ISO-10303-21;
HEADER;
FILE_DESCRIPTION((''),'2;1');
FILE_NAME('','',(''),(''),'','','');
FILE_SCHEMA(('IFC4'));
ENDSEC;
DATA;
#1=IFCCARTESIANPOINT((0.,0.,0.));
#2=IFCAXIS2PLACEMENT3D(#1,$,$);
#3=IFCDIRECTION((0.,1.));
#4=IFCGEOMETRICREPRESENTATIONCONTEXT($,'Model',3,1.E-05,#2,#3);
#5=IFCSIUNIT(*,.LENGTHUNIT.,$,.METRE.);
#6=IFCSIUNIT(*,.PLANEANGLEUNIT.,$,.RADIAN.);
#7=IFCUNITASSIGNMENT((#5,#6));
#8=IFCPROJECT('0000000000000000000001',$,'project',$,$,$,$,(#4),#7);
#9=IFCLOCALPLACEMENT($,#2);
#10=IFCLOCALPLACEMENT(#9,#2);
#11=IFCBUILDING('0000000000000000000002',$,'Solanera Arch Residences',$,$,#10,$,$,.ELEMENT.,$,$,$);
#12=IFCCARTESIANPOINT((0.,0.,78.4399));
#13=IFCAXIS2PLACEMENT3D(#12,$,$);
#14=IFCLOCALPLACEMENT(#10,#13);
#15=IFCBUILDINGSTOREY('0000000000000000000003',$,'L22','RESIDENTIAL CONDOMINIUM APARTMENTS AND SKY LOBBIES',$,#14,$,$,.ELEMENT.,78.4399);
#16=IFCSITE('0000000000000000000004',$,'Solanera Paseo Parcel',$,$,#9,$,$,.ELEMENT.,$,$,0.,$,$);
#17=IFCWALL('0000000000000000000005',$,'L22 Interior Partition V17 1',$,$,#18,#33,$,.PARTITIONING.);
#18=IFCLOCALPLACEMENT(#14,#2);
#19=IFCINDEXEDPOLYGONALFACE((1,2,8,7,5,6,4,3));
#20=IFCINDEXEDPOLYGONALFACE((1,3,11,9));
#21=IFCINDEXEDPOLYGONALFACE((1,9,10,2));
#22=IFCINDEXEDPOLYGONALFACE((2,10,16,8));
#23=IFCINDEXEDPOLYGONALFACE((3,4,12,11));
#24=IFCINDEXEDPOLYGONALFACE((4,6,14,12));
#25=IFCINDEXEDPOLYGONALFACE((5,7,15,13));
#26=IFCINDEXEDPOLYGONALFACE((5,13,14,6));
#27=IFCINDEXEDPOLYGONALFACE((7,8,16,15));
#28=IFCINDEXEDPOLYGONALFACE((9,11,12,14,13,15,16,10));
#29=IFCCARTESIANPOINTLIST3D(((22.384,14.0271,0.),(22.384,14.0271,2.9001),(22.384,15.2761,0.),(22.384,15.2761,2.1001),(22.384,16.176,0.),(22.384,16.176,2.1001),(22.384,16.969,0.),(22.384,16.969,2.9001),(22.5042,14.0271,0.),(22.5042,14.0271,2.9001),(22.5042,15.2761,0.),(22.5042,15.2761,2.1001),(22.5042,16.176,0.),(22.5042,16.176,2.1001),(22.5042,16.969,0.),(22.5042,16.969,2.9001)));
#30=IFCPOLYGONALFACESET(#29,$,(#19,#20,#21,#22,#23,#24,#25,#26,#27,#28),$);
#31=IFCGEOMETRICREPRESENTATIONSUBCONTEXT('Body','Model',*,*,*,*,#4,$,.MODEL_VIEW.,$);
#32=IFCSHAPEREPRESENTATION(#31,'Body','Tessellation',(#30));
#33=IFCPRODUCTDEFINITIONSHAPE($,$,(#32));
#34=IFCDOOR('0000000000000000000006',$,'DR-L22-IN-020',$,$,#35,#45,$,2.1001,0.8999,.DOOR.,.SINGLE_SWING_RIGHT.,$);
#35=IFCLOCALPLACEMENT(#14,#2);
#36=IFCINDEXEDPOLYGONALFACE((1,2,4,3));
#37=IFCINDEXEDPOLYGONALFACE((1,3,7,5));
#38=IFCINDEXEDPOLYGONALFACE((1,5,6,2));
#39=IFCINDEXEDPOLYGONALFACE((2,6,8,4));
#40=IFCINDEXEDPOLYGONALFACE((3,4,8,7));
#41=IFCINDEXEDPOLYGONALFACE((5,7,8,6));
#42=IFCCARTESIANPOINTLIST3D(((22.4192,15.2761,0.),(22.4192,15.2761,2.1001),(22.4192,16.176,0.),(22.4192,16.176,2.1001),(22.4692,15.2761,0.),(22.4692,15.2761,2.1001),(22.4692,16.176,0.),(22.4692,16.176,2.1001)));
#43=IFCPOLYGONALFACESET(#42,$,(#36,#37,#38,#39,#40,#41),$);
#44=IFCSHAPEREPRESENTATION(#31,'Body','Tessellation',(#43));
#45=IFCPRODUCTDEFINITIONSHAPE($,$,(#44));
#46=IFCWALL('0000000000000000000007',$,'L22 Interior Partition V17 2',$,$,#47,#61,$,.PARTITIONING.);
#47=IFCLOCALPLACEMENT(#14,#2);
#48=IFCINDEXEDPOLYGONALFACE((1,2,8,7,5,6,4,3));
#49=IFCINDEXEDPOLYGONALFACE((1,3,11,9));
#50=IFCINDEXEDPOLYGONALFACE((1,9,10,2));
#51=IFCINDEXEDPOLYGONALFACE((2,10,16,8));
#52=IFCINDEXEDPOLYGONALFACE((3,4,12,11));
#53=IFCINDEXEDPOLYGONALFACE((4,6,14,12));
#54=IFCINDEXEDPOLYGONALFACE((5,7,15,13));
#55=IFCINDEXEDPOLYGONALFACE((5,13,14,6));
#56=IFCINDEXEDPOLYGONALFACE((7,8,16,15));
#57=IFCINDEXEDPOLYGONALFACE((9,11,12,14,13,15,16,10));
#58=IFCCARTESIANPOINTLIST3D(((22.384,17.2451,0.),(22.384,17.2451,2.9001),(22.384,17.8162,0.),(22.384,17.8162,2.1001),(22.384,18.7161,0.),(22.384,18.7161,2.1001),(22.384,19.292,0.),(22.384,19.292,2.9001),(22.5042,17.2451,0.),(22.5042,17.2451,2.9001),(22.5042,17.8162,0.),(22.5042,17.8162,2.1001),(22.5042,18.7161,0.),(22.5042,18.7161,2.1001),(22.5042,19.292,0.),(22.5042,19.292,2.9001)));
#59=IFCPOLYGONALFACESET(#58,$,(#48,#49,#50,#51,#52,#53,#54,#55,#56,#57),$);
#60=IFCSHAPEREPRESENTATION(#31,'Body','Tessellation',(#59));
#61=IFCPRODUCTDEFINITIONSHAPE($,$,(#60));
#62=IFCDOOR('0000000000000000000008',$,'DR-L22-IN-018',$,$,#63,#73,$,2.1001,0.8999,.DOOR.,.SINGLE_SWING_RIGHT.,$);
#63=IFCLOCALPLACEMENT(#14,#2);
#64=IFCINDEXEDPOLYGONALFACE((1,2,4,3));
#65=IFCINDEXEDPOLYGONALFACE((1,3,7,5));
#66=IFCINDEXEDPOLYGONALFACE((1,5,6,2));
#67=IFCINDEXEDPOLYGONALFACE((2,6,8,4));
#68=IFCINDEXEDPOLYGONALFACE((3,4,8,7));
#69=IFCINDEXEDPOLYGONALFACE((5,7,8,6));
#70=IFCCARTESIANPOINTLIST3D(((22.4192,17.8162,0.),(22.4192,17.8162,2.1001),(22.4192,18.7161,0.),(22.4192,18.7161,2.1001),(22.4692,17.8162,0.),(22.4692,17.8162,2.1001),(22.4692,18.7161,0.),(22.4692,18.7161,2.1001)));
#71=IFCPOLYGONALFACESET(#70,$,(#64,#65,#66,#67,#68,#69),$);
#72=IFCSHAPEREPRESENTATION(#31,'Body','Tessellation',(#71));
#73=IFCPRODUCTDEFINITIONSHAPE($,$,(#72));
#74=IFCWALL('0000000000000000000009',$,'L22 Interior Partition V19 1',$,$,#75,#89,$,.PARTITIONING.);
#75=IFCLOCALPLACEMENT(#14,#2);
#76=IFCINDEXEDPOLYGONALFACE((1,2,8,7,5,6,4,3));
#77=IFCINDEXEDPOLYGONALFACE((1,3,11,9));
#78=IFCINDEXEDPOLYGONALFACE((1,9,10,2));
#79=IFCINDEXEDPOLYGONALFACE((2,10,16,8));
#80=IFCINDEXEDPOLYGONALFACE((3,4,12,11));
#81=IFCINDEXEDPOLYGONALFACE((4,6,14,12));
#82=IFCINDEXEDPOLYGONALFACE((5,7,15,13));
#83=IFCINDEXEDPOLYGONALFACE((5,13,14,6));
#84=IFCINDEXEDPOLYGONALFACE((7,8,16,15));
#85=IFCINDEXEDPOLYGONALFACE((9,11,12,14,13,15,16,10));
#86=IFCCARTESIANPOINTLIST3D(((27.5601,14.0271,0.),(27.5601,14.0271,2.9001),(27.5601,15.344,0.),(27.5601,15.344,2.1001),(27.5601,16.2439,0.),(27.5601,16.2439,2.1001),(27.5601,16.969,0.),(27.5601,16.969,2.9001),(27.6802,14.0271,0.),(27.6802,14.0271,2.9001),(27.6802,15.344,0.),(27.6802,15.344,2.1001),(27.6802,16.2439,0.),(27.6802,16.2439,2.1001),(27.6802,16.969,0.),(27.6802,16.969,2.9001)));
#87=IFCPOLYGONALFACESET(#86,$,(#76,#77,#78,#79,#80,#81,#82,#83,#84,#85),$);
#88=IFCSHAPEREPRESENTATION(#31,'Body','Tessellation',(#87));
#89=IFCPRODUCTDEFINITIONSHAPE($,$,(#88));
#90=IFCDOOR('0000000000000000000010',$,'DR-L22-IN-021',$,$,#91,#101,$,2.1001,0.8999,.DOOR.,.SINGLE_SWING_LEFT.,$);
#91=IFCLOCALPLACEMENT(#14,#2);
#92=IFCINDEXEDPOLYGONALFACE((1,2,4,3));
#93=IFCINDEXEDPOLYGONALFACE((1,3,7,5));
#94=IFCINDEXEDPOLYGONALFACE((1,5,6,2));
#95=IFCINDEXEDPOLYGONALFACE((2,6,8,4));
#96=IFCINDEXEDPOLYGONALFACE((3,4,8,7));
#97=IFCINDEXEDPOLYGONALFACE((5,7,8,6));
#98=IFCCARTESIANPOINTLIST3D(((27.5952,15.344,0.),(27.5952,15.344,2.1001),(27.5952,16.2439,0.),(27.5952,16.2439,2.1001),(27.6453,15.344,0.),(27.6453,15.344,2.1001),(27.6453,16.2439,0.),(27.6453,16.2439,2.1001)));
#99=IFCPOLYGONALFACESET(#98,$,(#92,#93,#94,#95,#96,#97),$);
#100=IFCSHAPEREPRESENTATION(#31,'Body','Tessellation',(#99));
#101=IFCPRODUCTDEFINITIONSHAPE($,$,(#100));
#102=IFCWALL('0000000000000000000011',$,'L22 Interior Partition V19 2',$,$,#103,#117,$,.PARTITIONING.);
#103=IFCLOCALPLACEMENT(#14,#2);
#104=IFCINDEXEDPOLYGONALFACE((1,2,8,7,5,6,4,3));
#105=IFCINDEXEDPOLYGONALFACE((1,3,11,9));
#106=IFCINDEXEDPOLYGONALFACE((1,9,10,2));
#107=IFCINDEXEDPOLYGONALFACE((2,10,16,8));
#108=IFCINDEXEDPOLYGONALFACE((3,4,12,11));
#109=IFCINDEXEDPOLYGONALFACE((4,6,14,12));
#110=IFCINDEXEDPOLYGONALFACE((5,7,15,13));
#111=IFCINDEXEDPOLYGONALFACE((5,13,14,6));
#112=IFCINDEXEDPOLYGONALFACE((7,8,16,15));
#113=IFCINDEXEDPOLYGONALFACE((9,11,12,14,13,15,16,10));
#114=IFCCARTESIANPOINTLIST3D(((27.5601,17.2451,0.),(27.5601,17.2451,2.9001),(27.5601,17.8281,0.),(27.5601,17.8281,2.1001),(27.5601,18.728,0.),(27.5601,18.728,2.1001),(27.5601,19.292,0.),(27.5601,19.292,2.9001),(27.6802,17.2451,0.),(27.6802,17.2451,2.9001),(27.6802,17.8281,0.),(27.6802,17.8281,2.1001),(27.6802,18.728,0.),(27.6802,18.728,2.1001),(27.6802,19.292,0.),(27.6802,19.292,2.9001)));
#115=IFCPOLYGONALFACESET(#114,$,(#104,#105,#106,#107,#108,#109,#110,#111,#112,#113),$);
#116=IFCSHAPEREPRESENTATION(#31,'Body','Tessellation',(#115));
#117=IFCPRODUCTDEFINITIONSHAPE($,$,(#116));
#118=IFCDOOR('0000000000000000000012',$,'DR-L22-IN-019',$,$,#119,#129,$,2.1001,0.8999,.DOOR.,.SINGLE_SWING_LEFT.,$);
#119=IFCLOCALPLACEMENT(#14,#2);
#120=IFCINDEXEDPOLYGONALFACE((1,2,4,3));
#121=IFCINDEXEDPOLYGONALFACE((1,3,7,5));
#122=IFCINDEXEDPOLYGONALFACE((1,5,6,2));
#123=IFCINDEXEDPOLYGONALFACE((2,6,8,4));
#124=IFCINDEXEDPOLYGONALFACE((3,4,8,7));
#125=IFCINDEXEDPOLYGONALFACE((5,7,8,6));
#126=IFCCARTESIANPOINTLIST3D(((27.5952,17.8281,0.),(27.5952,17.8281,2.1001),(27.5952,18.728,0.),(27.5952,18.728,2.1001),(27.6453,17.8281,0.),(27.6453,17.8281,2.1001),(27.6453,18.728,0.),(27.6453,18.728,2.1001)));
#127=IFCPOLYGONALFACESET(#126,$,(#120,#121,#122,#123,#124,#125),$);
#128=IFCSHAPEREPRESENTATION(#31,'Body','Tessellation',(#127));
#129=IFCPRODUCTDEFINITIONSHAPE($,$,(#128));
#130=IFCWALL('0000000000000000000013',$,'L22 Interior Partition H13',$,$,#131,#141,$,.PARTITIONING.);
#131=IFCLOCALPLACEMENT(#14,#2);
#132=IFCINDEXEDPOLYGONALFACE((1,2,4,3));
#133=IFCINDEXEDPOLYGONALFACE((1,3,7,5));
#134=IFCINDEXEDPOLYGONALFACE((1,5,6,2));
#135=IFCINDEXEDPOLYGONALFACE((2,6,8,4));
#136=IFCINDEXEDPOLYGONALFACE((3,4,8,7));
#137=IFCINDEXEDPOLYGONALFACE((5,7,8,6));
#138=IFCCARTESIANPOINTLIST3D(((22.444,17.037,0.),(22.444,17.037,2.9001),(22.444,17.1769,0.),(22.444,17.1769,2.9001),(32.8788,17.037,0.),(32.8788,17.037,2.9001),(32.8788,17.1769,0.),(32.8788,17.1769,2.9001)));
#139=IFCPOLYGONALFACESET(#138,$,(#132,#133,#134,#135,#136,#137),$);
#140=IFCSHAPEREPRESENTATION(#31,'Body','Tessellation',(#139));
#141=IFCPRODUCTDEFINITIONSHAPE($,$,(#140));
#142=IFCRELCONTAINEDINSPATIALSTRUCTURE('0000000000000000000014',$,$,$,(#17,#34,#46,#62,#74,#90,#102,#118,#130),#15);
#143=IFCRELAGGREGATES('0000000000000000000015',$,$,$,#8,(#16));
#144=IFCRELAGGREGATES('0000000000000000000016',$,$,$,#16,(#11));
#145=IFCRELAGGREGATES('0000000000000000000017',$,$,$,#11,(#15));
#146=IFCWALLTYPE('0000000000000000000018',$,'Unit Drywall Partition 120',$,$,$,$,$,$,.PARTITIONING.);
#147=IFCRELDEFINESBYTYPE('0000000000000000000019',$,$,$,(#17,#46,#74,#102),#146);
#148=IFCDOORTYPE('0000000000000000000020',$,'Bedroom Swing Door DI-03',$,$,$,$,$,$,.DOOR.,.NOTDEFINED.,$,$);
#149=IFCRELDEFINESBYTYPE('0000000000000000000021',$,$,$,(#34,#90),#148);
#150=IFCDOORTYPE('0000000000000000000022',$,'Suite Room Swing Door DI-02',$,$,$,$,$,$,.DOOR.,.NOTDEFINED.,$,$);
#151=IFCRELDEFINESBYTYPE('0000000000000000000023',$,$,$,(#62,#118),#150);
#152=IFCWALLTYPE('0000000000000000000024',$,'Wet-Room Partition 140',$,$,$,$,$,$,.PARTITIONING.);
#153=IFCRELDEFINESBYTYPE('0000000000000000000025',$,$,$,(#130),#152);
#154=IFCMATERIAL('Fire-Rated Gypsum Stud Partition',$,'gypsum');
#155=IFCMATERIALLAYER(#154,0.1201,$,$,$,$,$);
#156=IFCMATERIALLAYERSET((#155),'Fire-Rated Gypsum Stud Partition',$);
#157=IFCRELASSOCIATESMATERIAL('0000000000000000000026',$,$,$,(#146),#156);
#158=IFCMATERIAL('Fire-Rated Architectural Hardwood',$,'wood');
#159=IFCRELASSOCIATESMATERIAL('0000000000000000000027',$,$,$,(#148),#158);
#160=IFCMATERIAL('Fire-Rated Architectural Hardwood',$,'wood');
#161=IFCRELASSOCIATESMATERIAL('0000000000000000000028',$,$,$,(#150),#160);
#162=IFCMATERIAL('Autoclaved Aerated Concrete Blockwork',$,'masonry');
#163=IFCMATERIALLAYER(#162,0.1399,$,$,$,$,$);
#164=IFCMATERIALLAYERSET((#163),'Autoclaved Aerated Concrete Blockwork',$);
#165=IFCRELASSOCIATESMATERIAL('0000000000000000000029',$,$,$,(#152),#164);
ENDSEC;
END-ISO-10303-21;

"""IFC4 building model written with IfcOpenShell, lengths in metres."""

from ifc_helpers import new_model, si_unit, direction, frame, frame_2d, origin, place, context, subcontext, project, spatial, rectangle, extrude, material, layer, layer_set, type_object, element, fill, save


model = new_model("IFC4")

# Units and contexts
model_context = context("Model", 3, precision=1e-05, world=origin(), true_north=direction((0.0, 1.0)))
body_context = subcontext(model_context, "Body", "Model", "MODEL_VIEW")
ifc_project = project(units=[si_unit("LENGTHUNIT", "METRE"), si_unit("PLANEANGLEUNIT", "RADIAN")], contexts=[model_context])

# Site, building, storey
site_placement = place(None, origin())
site = spatial("IfcSite", under=ifc_project, at=site_placement, Name="Solanera Paseo Parcel", CompositionType="ELEMENT", RefElevation=0.0)
building_placement = place(site_placement, origin())
building = spatial("IfcBuilding", under=site, at=building_placement, Name="Solanera Arch Residences", CompositionType="ELEMENT")
storey_placement = place(building_placement, frame((0.0, 0.0, 78.4399)))
storey = spatial("IfcBuildingStorey", under=building, at=storey_placement, Name="L22", Description="RESIDENTIAL CONDOMINIUM APARTMENTS AND SKY LOBBIES", CompositionType="ELEMENT", Elevation=78.4399)

# Walls, openings, doors
ifc_material_1 = material(Name="Fire-Rated Gypsum Stud Partition", Category="gypsum")
ifc_layer_1 = layer(ifc_material_1, 0.1201)
ifc_layer_set_1 = layer_set([ifc_layer_1], Name="Fire-Rated Gypsum Stud Partition")
wall_type_1 = type_object("IfcWallType", Name="Unit Drywall Partition 120", PredefinedType="PARTITIONING", material=ifc_layer_set_1)
wall_1_placement = place(storey_placement, frame((22.4441, 14.0271, 0.0), z_axis=(0.0, 0.0, 1.0), x_axis=(0.0, 1.0, 0.0)))
wall_1 = element("IfcWall", 1, at=wall_1_placement, inside=storey, type_object=wall_type_1, Name="L22 Interior Partition V17 1", PredefinedType="PARTITIONING", context=body_context, shape_type="SweptSolid", body=[
    extrude(rectangle(XDim=2.9419, YDim=0.1201, at=frame_2d((1.4709, 0.0))), origin(), (0.0, 0.0, 1.0), 2.9001),
])
opening_1_placement = place(wall_1_placement, frame((1.249, 0.0, 0.0)))
opening_1 = element("IfcOpeningElement", 2, at=opening_1_placement, cuts=wall_1, PredefinedType="OPENING", context=body_context, shape_type="SweptSolid", body=[
    extrude(rectangle(XDim=0.8999, YDim=2.1001, at=frame_2d((0.45, 1.05))), frame((0.0, 0.0701, 0.0), z_axis=(0.0, -1.0, 0.0), x_axis=(1.0, 0.0, 0.0)), (0.0, 0.0, 1.0), 0.1401),
])
ifc_material_2 = material(Name="Fire-Rated Architectural Hardwood", Category="wood")
door_type_1 = type_object("IfcDoorType", Name="Bedroom Swing Door DI-03", OperationType="NOTDEFINED", PredefinedType="DOOR", material=ifc_material_2)
door_1_placement = place(opening_1_placement, origin())
door_1 = element("IfcDoor", 3, at=door_1_placement, inside=storey, type_object=door_type_1, Name="DR-L22-IN-020", OperationType="SINGLE_SWING_RIGHT", OverallHeight=2.1001, OverallWidth=0.8999, PredefinedType="DOOR", context=body_context, shape_type="SweptSolid", body=[
    extrude(rectangle(XDim=0.8999, YDim=2.1001, at=frame_2d((0.45, 1.05))), frame((0.0, 0.0249, 0.0), z_axis=(0.0, -1.0, 0.0), x_axis=(1.0, 0.0, 0.0)), (0.0, 0.0, 1.0), 0.05),
])
fill(opening_1, door_1)
wall_2_placement = place(storey_placement, frame((22.4441, 17.2451, 0.0), z_axis=(0.0, 0.0, 1.0), x_axis=(0.0, 1.0, 0.0)))
wall_2 = element("IfcWall", 4, at=wall_2_placement, inside=storey, type_object=wall_type_1, Name="L22 Interior Partition V17 2", PredefinedType="PARTITIONING", context=body_context, shape_type="SweptSolid", body=[
    extrude(rectangle(XDim=2.0469, YDim=0.1201, at=frame_2d((1.0234, 0.0))), origin(), (0.0, 0.0, 1.0), 2.9001),
])
opening_2_placement = place(wall_2_placement, frame((0.571, 0.0, 0.0)))
opening_2 = element("IfcOpeningElement", 5, at=opening_2_placement, cuts=wall_2, PredefinedType="OPENING", context=body_context, shape_type="SweptSolid", body=[
    extrude(rectangle(XDim=0.8999, YDim=2.1001, at=frame_2d((0.45, 1.05))), frame((0.0, 0.0701, 0.0), z_axis=(0.0, -1.0, 0.0), x_axis=(1.0, 0.0, 0.0)), (0.0, 0.0, 1.0), 0.1401),
])
ifc_material_3 = material(Name="Fire-Rated Architectural Hardwood", Category="wood")
door_type_2 = type_object("IfcDoorType", Name="Suite Room Swing Door DI-02", OperationType="NOTDEFINED", PredefinedType="DOOR", material=ifc_material_3)
door_2_placement = place(opening_2_placement, origin())
door_2 = element("IfcDoor", 6, at=door_2_placement, inside=storey, type_object=door_type_2, Name="DR-L22-IN-018", OperationType="SINGLE_SWING_RIGHT", OverallHeight=2.1001, OverallWidth=0.8999, PredefinedType="DOOR", context=body_context, shape_type="SweptSolid", body=[
    extrude(rectangle(XDim=0.8999, YDim=2.1001, at=frame_2d((0.45, 1.05))), frame((0.0, 0.0249, 0.0), z_axis=(0.0, -1.0, 0.0), x_axis=(1.0, 0.0, 0.0)), (0.0, 0.0, 1.0), 0.05),
])
fill(opening_2, door_2)
wall_3_placement = place(storey_placement, frame((27.6201, 14.0271, 0.0), z_axis=(0.0, 0.0, 1.0), x_axis=(0.0, 1.0, 0.0)))
wall_3 = element("IfcWall", 7, at=wall_3_placement, inside=storey, type_object=wall_type_1, Name="L22 Interior Partition V19 1", PredefinedType="PARTITIONING", context=body_context, shape_type="SweptSolid", body=[
    extrude(rectangle(XDim=2.9419, YDim=0.1201, at=frame_2d((1.4709, 0.0))), origin(), (0.0, 0.0, 1.0), 2.9001),
])
opening_3_placement = place(wall_3_placement, frame((1.3169, 0.0, 0.0)))
opening_3 = element("IfcOpeningElement", 8, at=opening_3_placement, cuts=wall_3, PredefinedType="OPENING", context=body_context, shape_type="SweptSolid", body=[
    extrude(rectangle(XDim=0.8999, YDim=2.1001, at=frame_2d((0.45, 1.05))), frame((0.0, 0.0701, 0.0), z_axis=(0.0, -1.0, 0.0), x_axis=(1.0, 0.0, 0.0)), (0.0, 0.0, 1.0), 0.1401),
])
door_3_placement = place(opening_3_placement, origin())
door_3 = element("IfcDoor", 9, at=door_3_placement, inside=storey, type_object=door_type_1, Name="DR-L22-IN-021", OperationType="SINGLE_SWING_LEFT", OverallHeight=2.1001, OverallWidth=0.8999, PredefinedType="DOOR", context=body_context, shape_type="SweptSolid", body=[
    extrude(rectangle(XDim=0.8999, YDim=2.1001, at=frame_2d((0.45, 1.05))), frame((0.0, 0.0249, 0.0), z_axis=(0.0, -1.0, 0.0), x_axis=(1.0, 0.0, 0.0)), (0.0, 0.0, 1.0), 0.05),
])
fill(opening_3, door_3)
wall_4_placement = place(storey_placement, frame((27.6201, 17.2451, 0.0), z_axis=(0.0, 0.0, 1.0), x_axis=(0.0, 1.0, 0.0)))
wall_4 = element("IfcWall", 10, at=wall_4_placement, inside=storey, type_object=wall_type_1, Name="L22 Interior Partition V19 2", PredefinedType="PARTITIONING", context=body_context, shape_type="SweptSolid", body=[
    extrude(rectangle(XDim=2.0469, YDim=0.1201, at=frame_2d((1.0234, 0.0))), origin(), (0.0, 0.0, 1.0), 2.9001),
])
opening_4_placement = place(wall_4_placement, frame((0.583, 0.0, 0.0)))
opening_4 = element("IfcOpeningElement", 11, at=opening_4_placement, cuts=wall_4, PredefinedType="OPENING", context=body_context, shape_type="SweptSolid", body=[
    extrude(rectangle(XDim=0.8999, YDim=2.1001, at=frame_2d((0.45, 1.05))), frame((0.0, 0.0701, 0.0), z_axis=(0.0, -1.0, 0.0), x_axis=(1.0, 0.0, 0.0)), (0.0, 0.0, 1.0), 0.1401),
])
door_4_placement = place(opening_4_placement, origin())
door_4 = element("IfcDoor", 12, at=door_4_placement, inside=storey, type_object=door_type_2, Name="DR-L22-IN-019", OperationType="SINGLE_SWING_LEFT", OverallHeight=2.1001, OverallWidth=0.8999, PredefinedType="DOOR", context=body_context, shape_type="SweptSolid", body=[
    extrude(rectangle(XDim=0.8999, YDim=2.1001, at=frame_2d((0.45, 1.05))), frame((0.0, 0.0249, 0.0), z_axis=(0.0, -1.0, 0.0), x_axis=(1.0, 0.0, 0.0)), (0.0, 0.0, 1.0), 0.05),
])
fill(opening_4, door_4)

# Wall
ifc_material_4 = material(Name="Autoclaved Aerated Concrete Blockwork", Category="masonry")
ifc_layer_2 = layer(ifc_material_4, 0.1399)
ifc_layer_set_2 = layer_set([ifc_layer_2], Name="Autoclaved Aerated Concrete Blockwork")
wall_type_2 = type_object("IfcWallType", Name="Wet-Room Partition 140", PredefinedType="PARTITIONING", material=ifc_layer_set_2)
wall_5_placement = place(storey_placement, frame((22.4441, 17.1069, 0.0), z_axis=(0.0, 0.0, 1.0), x_axis=(1.0, 0.0, 0.0)))
element("IfcWall", 13, at=wall_5_placement, inside=storey, type_object=wall_type_2, Name="L22 Interior Partition H13", PredefinedType="PARTITIONING", context=body_context, shape_type="SweptSolid", body=[
    extrude(rectangle(XDim=10.4348, YDim=0.1399, at=frame_2d((5.2173, 0.0))), origin(), (0.0, 0.0, 1.0), 2.9001),
])

save(model, "model.ifc")
